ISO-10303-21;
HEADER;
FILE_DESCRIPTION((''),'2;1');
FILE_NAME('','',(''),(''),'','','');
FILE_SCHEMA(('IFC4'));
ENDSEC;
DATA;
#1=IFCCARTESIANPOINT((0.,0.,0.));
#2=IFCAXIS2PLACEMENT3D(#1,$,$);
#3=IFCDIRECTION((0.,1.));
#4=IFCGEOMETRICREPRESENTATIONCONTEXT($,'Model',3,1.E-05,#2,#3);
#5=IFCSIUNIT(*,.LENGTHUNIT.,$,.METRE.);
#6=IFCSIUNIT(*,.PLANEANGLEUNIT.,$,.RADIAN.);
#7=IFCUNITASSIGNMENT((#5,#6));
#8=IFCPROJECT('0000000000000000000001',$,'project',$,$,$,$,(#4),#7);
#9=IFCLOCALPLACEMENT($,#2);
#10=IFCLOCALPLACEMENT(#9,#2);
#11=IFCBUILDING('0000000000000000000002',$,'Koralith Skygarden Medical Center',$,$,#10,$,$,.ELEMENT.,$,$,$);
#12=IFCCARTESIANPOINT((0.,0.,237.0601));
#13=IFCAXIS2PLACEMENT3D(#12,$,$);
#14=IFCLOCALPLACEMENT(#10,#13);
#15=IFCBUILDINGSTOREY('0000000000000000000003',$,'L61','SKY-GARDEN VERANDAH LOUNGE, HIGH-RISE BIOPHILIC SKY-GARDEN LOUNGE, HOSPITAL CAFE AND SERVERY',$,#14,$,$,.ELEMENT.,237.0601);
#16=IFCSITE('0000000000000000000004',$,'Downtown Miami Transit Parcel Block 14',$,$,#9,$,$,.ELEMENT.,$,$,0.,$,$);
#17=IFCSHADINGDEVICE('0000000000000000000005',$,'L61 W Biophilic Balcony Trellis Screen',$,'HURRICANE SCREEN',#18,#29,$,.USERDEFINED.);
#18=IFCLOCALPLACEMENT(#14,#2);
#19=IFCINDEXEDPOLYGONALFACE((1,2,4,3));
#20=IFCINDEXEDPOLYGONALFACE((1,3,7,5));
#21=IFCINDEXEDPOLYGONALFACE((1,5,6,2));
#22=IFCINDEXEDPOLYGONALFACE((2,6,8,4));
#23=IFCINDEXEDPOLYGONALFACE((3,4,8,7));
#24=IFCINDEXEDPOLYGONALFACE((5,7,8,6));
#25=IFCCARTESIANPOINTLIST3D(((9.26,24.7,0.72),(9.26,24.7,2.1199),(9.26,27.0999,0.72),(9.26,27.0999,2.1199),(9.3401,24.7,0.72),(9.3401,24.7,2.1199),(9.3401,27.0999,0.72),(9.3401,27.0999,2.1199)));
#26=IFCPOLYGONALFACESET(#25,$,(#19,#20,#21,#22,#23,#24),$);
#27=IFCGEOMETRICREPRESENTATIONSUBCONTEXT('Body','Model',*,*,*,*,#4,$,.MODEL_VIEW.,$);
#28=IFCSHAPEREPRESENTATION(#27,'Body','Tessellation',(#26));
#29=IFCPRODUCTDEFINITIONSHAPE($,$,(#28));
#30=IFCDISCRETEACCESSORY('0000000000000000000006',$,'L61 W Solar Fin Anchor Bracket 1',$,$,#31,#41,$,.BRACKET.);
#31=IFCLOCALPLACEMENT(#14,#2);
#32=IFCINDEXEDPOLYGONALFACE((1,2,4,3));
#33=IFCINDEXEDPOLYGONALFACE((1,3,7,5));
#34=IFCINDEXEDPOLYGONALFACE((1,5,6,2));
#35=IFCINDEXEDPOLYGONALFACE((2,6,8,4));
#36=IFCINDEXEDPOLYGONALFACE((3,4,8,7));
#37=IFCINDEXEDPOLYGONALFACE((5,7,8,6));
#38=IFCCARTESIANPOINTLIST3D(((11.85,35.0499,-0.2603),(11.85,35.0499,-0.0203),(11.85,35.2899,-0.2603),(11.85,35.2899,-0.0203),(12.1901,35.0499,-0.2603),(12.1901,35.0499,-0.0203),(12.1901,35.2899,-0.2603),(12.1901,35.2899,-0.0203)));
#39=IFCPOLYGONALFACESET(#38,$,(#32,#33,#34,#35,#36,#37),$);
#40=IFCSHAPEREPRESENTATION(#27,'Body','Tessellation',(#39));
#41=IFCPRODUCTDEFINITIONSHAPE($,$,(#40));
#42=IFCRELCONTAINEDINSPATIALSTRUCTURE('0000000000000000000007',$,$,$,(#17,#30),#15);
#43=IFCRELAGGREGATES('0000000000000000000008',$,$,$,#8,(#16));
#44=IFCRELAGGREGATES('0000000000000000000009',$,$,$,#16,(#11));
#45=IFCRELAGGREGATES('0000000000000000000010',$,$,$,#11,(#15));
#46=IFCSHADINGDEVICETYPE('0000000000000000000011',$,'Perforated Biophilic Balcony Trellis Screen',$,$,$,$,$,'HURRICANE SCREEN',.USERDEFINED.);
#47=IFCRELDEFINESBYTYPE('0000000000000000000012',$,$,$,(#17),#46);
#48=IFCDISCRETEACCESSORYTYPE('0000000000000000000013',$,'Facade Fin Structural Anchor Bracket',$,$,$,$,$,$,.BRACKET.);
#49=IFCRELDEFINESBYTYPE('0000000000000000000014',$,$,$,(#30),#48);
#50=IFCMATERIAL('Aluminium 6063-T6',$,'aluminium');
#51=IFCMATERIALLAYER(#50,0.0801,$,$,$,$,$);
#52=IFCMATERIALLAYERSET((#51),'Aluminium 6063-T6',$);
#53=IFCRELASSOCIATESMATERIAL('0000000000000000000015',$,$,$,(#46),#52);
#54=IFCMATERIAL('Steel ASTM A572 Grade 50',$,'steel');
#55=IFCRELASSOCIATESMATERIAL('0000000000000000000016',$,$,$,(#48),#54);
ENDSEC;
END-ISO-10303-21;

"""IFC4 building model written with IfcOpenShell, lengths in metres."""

from ifc_helpers import new_model, si_unit, direction, frame, origin, origin_2d, place, context, subcontext, project, spatial, rectangle, extrude, material, layer, layer_set, type_object, element, save


model = new_model("IFC4")

# Units and contexts
model_context = context("Model", 3, precision=1e-05, world=origin(), true_north=direction((0.0, 1.0)))
body_context = subcontext(model_context, "Body", "Model", "MODEL_VIEW")
ifc_project = project(units=[si_unit("LENGTHUNIT", "METRE"), si_unit("PLANEANGLEUNIT", "RADIAN")], contexts=[model_context])

# Site, building, storey
site_placement = place(None, origin())
site = spatial("IfcSite", under=ifc_project, at=site_placement, Name="Downtown Miami Transit Parcel Block 14", CompositionType="ELEMENT", RefElevation=0.0)
building_placement = place(site_placement, origin())
building = spatial("IfcBuilding", under=site, at=building_placement, Name="Koralith Skygarden Medical Center", CompositionType="ELEMENT")
storey_placement = place(building_placement, frame((0.0, 0.0, 237.0601)))
storey = spatial("IfcBuildingStorey", under=building, at=storey_placement, Name="L61", Description="SKY-GARDEN VERANDAH LOUNGE, HIGH-RISE BIOPHILIC SKY-GARDEN LOUNGE, HOSPITAL CAFE AND SERVERY", CompositionType="ELEMENT", Elevation=237.0601)

# Shared definitions
ifc_material_1 = material(Name="Aluminium 6063-T6", Category="aluminium")

# Shading device
ifc_layer_1 = layer(ifc_material_1, 0.0801)
ifc_layer_set_1 = layer_set([ifc_layer_1], Name="Aluminium 6063-T6")
shading_device_type_1 = type_object("IfcShadingDeviceType", Name="Perforated Biophilic Balcony Trellis Screen", ElementType="HURRICANE SCREEN", PredefinedType="USERDEFINED", material=ifc_layer_set_1)
shading_device_1_placement = place(storey_placement, frame((9.3, 25.8999, 0.72), z_axis=(0.0, 0.0, 1.0), x_axis=(0.0, 1.0, 0.0)))
element("IfcShadingDevice", 1, at=shading_device_1_placement, inside=storey, type_object=shading_device_type_1, Name="L61 W Biophilic Balcony Trellis Screen", ObjectType="HURRICANE SCREEN", PredefinedType="USERDEFINED", context=body_context, shape_type="SweptSolid", body=[
    extrude(rectangle(XDim=2.3999, YDim=0.0801, at=origin_2d()), origin(), (0.0, 0.0, 1.0), 1.3999),
])

# Discrete accessory
ifc_material_2 = material(Name="Steel ASTM A572 Grade 50", Category="steel")
discrete_accessory_type = type_object("IfcDiscreteAccessoryType", Name="Facade Fin Structural Anchor Bracket", PredefinedType="BRACKET", material=ifc_material_2)
discrete_accessory_placement = place(storey_placement, frame((12.02, 35.1699, -0.2603), z_axis=(0.0, 0.0, 1.0), x_axis=(-1.0, 0.0, 0.0)))
element("IfcDiscreteAccessory", 2, at=discrete_accessory_placement, inside=storey, type_object=discrete_accessory_type, Name="L61 W Solar Fin Anchor Bracket 1", PredefinedType="BRACKET", context=body_context, shape_type="SweptSolid", body=[
    extrude(rectangle(XDim=0.3401, YDim=0.24, at=origin_2d()), origin(), (0.0, 0.0, 1.0), 0.24),
])

save(model, "model.ifc")
